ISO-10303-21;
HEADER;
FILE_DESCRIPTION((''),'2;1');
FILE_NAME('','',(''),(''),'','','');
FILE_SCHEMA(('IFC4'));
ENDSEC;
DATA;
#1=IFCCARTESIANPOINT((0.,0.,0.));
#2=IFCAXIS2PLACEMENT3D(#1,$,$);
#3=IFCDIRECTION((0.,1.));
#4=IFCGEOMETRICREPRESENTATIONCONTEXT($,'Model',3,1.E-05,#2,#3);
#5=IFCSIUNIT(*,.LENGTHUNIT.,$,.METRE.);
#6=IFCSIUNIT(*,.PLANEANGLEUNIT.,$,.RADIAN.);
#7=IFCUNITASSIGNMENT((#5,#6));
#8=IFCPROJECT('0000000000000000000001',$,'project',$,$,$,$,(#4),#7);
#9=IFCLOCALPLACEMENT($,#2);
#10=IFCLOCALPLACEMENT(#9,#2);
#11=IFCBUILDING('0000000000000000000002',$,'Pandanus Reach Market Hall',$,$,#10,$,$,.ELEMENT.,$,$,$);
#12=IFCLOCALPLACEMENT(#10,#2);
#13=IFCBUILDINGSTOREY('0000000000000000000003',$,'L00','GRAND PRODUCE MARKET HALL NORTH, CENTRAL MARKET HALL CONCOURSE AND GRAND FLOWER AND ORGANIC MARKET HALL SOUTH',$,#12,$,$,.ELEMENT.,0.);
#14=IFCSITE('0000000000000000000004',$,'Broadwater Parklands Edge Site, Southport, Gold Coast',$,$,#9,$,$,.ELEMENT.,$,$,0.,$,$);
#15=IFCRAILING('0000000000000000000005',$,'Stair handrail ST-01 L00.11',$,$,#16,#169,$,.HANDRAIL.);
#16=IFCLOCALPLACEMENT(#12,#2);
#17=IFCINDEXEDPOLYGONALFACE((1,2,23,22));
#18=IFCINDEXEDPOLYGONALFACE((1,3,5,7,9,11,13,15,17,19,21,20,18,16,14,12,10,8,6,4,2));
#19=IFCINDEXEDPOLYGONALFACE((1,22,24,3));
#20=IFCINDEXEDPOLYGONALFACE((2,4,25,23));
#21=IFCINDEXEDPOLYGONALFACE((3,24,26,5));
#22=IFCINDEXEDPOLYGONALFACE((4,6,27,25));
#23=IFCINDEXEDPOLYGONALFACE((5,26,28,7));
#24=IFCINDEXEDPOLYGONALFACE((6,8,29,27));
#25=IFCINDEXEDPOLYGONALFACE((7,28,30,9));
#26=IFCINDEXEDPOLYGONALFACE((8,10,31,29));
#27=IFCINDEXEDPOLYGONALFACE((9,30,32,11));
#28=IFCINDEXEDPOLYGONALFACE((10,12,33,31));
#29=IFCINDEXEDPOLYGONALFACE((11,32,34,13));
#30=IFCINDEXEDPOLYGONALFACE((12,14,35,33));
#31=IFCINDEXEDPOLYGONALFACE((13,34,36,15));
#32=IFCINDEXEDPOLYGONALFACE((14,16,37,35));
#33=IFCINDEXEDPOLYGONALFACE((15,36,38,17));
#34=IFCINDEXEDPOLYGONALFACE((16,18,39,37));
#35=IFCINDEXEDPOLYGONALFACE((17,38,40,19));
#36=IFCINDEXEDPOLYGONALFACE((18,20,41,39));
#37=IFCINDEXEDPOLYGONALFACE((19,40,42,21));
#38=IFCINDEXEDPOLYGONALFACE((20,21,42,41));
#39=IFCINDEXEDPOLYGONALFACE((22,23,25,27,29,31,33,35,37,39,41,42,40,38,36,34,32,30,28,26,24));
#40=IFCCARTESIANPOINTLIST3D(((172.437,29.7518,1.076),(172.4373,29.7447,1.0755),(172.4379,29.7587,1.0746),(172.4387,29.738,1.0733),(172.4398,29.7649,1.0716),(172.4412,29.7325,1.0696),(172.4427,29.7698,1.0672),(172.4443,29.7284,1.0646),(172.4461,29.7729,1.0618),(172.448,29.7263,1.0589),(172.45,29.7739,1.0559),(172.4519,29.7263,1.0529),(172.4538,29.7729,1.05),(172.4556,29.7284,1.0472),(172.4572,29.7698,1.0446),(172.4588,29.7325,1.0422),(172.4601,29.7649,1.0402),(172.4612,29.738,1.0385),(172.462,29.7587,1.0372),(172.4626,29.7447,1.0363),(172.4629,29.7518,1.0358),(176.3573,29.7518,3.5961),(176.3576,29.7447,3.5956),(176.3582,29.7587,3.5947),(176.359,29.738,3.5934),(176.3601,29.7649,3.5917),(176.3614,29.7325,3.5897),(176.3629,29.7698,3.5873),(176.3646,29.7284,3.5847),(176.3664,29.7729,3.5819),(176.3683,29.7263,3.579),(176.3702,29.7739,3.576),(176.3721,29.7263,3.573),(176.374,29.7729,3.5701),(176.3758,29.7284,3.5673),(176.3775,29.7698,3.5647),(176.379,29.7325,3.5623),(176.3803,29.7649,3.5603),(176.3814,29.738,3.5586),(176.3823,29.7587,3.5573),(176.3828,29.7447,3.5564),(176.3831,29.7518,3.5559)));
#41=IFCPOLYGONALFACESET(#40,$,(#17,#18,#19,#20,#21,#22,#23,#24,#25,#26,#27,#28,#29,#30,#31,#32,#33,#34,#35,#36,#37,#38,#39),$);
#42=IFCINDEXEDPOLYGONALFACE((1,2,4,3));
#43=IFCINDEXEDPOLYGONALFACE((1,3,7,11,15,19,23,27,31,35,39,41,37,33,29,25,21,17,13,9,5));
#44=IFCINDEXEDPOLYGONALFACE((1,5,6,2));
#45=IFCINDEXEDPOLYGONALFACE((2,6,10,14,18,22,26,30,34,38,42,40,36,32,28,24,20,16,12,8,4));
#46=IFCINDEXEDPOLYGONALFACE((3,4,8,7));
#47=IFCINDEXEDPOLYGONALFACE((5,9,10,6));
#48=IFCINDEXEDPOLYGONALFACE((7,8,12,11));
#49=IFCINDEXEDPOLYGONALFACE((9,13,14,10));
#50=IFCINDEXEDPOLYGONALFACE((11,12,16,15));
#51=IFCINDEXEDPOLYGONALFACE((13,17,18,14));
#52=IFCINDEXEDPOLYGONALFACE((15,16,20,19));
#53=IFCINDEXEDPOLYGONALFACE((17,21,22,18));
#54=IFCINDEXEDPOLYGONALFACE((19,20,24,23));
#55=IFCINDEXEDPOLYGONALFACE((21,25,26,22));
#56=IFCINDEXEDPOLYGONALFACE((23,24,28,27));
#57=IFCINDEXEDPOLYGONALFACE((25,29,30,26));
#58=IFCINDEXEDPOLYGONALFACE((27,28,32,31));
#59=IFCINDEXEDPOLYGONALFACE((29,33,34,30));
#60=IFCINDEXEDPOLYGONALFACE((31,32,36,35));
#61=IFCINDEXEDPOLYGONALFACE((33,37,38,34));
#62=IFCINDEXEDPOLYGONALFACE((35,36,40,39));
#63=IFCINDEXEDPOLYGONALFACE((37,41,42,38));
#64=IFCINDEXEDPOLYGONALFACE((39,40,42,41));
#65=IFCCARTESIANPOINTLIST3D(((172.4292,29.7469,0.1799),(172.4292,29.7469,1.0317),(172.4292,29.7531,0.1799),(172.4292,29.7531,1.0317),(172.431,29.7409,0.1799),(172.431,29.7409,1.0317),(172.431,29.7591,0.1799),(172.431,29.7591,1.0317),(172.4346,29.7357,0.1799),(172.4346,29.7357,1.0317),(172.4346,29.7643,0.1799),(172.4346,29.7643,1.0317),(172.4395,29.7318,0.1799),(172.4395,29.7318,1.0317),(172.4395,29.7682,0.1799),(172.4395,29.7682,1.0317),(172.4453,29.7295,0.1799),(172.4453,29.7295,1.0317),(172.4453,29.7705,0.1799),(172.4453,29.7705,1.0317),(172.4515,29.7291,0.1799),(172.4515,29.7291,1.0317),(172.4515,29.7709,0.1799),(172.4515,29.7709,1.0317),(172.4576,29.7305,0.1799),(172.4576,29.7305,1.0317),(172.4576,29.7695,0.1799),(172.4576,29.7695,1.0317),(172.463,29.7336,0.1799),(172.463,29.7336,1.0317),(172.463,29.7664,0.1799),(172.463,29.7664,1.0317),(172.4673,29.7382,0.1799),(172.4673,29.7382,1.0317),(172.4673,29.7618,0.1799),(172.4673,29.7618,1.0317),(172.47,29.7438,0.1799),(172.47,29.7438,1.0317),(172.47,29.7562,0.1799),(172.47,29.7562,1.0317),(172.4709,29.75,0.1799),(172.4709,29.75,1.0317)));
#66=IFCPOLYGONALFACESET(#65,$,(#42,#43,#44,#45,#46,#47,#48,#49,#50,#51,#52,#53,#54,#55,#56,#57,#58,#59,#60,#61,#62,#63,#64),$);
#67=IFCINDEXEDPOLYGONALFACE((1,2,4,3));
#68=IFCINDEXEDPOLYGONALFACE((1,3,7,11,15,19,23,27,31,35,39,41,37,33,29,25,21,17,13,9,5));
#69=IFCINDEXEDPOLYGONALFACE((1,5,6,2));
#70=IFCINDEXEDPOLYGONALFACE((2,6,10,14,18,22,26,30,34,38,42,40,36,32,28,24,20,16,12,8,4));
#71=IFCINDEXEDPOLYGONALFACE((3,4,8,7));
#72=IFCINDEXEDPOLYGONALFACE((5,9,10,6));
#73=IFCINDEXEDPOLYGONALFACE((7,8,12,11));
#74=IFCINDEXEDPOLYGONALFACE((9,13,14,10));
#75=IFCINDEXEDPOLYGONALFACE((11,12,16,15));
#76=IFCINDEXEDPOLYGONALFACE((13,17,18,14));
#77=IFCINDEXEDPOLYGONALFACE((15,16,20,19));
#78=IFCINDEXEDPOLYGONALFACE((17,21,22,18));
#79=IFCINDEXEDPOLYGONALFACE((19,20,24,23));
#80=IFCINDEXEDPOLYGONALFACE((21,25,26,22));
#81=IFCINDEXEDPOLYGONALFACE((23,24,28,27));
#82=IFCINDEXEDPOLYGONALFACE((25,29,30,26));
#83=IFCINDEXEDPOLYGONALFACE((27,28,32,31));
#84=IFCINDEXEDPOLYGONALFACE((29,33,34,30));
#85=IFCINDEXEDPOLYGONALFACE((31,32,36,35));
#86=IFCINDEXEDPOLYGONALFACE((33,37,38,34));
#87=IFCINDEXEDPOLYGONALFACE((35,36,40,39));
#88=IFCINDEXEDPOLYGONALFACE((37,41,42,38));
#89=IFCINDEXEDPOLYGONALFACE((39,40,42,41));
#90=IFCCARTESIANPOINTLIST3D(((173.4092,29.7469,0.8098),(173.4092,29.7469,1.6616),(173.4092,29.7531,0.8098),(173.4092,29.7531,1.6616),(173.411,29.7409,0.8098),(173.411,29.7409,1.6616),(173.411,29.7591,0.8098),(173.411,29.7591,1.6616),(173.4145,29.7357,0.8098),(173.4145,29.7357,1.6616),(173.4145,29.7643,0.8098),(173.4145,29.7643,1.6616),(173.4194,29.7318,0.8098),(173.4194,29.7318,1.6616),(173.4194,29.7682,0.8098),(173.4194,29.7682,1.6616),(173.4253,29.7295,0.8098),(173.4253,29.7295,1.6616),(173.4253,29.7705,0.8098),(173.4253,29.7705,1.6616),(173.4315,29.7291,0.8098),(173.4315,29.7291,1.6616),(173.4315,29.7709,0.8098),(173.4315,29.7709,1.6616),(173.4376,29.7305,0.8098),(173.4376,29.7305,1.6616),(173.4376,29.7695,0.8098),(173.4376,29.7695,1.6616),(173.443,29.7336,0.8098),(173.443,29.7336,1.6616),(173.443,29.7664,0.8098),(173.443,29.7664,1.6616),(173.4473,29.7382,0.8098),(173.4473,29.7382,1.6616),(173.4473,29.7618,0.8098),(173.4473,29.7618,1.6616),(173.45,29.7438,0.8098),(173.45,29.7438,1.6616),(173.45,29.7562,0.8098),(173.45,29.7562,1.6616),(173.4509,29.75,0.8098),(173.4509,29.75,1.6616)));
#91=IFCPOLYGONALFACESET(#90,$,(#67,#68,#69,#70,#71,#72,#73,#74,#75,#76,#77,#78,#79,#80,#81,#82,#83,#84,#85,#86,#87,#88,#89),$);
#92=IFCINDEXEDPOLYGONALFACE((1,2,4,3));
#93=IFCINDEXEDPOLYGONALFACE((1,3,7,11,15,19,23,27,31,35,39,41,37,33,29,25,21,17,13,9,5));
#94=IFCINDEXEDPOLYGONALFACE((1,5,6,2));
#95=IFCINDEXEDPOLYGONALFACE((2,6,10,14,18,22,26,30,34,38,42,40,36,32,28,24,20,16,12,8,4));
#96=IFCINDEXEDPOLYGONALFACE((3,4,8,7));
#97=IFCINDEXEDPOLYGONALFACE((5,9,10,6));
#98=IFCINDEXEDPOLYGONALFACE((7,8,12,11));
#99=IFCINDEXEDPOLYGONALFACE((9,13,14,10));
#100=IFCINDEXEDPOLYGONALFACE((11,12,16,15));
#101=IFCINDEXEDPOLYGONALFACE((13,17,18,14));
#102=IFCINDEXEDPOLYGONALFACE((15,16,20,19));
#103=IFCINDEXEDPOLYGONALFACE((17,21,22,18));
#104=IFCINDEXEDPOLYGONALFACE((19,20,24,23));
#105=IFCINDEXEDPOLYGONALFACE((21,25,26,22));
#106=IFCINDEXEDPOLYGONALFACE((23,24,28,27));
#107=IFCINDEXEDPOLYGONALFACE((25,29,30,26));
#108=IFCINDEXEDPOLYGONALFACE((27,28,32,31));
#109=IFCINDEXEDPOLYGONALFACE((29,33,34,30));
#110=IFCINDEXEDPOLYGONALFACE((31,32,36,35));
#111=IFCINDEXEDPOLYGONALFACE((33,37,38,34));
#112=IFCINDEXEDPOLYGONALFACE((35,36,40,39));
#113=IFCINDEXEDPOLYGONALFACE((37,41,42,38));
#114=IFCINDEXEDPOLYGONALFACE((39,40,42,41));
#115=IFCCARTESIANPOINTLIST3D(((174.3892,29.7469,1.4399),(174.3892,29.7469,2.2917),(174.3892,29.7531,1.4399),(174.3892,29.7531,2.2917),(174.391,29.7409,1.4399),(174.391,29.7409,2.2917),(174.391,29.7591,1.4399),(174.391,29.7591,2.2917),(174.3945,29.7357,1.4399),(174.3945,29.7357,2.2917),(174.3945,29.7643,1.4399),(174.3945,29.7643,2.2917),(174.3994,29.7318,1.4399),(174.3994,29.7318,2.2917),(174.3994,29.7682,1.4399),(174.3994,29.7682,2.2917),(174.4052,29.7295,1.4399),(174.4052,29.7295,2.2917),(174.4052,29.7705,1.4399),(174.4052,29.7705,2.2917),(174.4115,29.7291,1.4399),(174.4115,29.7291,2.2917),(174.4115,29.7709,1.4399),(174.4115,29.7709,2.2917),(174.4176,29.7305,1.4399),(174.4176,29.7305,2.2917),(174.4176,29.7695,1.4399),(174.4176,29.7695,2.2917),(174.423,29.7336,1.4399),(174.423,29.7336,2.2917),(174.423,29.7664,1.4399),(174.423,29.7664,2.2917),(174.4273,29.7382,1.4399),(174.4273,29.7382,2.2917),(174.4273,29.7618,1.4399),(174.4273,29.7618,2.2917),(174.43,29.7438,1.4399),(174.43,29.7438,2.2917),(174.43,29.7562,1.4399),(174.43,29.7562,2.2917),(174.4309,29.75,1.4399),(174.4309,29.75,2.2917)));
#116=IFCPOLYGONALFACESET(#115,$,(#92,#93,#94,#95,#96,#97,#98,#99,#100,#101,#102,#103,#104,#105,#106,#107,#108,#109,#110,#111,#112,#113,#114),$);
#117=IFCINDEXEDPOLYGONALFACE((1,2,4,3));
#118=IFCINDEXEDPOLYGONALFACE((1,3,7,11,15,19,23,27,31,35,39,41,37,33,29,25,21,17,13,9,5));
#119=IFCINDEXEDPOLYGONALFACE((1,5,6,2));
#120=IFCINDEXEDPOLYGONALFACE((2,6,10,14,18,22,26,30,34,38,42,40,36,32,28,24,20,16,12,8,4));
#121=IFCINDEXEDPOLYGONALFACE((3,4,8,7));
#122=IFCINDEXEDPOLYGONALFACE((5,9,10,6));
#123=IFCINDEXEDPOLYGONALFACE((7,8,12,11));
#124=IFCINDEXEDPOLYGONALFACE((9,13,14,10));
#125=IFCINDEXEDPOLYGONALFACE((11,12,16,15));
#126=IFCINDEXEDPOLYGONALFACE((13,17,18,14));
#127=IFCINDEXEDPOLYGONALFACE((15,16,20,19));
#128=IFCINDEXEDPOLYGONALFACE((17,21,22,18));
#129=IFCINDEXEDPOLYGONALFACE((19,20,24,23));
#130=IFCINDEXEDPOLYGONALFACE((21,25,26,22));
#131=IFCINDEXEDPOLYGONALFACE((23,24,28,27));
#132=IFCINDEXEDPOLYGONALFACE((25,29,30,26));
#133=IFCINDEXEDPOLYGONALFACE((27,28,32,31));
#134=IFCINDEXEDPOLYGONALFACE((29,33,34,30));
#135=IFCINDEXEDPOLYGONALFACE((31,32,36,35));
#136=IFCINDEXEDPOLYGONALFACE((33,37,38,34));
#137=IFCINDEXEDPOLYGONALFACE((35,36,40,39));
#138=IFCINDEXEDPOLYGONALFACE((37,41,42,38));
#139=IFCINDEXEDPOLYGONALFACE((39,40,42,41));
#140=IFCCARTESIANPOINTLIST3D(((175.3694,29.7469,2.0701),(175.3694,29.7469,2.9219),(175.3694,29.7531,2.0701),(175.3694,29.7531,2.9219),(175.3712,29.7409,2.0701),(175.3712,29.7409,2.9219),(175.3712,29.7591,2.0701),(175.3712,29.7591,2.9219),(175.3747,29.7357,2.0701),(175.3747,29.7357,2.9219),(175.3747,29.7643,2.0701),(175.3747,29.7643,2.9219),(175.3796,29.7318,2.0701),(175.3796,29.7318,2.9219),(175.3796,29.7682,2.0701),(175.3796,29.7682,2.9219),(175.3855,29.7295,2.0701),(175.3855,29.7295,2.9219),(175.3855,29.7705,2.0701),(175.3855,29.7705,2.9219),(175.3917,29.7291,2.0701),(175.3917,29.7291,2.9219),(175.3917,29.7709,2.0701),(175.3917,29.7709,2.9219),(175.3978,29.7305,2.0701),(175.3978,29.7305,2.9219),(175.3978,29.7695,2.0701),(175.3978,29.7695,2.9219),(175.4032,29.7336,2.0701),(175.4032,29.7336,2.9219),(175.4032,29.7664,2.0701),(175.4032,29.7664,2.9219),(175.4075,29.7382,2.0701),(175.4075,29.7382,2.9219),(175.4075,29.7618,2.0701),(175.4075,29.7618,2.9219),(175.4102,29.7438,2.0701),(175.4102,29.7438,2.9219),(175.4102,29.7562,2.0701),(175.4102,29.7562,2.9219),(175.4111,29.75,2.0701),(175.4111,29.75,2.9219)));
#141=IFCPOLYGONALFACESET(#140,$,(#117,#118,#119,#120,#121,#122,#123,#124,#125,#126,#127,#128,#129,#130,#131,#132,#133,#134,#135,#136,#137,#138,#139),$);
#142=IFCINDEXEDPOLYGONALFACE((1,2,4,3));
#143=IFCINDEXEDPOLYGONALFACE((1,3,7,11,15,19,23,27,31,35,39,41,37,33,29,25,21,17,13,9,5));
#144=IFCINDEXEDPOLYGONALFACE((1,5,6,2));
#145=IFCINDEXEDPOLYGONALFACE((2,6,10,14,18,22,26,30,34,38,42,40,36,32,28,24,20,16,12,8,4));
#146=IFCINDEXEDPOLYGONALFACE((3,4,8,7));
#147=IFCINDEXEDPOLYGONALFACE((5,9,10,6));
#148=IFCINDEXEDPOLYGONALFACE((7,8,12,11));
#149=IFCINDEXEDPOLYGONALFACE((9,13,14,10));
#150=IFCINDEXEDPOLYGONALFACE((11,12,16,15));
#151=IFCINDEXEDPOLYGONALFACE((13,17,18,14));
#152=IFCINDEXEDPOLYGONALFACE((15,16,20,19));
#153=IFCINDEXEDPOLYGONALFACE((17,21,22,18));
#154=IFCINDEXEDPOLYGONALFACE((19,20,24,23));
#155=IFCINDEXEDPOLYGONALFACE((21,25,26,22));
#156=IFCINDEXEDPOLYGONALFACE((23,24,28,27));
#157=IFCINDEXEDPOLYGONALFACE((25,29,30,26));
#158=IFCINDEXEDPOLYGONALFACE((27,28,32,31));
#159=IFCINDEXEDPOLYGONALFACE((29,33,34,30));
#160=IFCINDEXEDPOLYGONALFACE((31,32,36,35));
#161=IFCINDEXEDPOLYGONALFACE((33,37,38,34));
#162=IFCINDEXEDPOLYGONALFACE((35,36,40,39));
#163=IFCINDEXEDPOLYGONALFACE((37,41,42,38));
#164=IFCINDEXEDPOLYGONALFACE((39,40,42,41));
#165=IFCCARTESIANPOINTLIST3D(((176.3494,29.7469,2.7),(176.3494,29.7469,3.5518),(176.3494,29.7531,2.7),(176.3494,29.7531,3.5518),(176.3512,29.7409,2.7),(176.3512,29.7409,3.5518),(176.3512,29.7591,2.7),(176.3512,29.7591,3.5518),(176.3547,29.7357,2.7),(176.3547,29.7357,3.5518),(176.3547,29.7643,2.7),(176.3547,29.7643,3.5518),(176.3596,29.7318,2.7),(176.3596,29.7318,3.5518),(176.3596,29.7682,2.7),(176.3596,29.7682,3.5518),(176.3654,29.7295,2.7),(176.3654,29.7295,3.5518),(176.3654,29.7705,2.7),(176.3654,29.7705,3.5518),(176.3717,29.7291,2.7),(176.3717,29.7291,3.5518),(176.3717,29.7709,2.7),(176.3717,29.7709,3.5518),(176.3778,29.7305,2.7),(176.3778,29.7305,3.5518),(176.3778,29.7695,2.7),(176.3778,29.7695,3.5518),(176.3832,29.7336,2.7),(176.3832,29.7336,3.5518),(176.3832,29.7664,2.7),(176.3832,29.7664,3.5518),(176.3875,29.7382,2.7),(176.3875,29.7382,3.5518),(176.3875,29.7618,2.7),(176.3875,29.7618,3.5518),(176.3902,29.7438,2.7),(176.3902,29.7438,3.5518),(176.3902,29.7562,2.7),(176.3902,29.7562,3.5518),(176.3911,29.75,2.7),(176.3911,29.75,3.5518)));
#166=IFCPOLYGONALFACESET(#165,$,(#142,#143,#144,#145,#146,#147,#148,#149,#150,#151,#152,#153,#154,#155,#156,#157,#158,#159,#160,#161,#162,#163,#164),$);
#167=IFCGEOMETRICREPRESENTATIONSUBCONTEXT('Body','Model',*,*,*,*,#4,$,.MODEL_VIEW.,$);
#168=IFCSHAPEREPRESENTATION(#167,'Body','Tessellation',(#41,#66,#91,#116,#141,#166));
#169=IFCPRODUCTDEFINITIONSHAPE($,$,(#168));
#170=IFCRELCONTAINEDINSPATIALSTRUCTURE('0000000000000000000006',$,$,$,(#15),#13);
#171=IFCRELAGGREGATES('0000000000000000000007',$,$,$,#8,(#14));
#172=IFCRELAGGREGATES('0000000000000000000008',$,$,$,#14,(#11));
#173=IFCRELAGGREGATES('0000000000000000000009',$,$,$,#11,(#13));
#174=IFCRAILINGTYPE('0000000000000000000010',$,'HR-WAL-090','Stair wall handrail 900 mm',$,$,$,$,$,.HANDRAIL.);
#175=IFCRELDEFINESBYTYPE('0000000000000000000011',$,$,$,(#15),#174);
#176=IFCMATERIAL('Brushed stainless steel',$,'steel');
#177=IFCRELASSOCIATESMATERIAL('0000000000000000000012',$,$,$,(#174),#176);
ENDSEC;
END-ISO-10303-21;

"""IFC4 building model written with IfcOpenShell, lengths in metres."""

from ifc_helpers import new_model, si_unit, direction, frame, origin, origin_2d, place, context, subcontext, project, spatial, circle, extrude, material, type_object, element, save


model = new_model("IFC4")

# Units and contexts
model_context = context("Model", 3, precision=1e-05, world=origin(), true_north=direction((0.0, 1.0)))
body_context = subcontext(model_context, "Body", "Model", "MODEL_VIEW")
ifc_project = project(units=[si_unit("LENGTHUNIT", "METRE"), si_unit("PLANEANGLEUNIT", "RADIAN")], contexts=[model_context])

# Site, building, storey
site_placement = place(None, origin())
site = spatial("IfcSite", under=ifc_project, at=site_placement, Name="Broadwater Parklands Edge Site, Southport, Gold Coast", CompositionType="ELEMENT", RefElevation=0.0)
building_placement = place(site_placement, origin())
building = spatial("IfcBuilding", under=site, at=building_placement, Name="Pandanus Reach Market Hall", CompositionType="ELEMENT")
storey_placement = place(building_placement, origin())
storey = spatial("IfcBuildingStorey", under=building, at=storey_placement, Name="L00", Description="GRAND PRODUCE MARKET HALL NORTH, CENTRAL MARKET HALL CONCOURSE AND GRAND FLOWER AND ORGANIC MARKET HALL SOUTH", CompositionType="ELEMENT", Elevation=0.0)

# Railing
ifc_material_1 = material(Name="Brushed stainless steel", Category="steel")
railing_type_1 = type_object("IfcRailingType", Name="HR-WAL-090", Description="Stair wall handrail 900 mm", PredefinedType="HANDRAIL", material=ifc_material_1)
railing_1_placement = place(storey_placement, frame((172.45, 29.75, 0.1799)))
element("IfcRailing", 1, at=railing_1_placement, inside=storey, type_object=railing_type_1, Name="Stair handrail ST-01 L00.11", PredefinedType="HANDRAIL", context=body_context, shape_type="SweptSolid", body=[
    extrude(circle(Radius=0.0239, at=origin_2d()), frame((0.0, 0.0, 0.876), z_axis=(0.841187, 0.0, 0.540744), x_axis=(0.0, 1.0, 0.0)), (0.0, 0.0, 1.0), 4.6604),
    extrude(circle(Radius=0.021, at=origin_2d()), origin(), (0.0, 0.0, 1.0), 0.8518),
    extrude(circle(Radius=0.021, at=origin_2d()), frame((0.98, 0.0, 0.6299)), (0.0, 0.0, 1.0), 0.8518),
    extrude(circle(Radius=0.021, at=origin_2d()), frame((1.96, 0.0, 1.26)), (0.0, 0.0, 1.0), 0.8518),
    extrude(circle(Radius=0.021, at=origin_2d()), frame((2.9402, 0.0, 1.8901)), (0.0, 0.0, 1.0), 0.8518),
    extrude(circle(Radius=0.021, at=origin_2d()), frame((3.9202, 0.0, 2.52)), (0.0, 0.0, 1.0), 0.8518),
])

save(model, "model.ifc")
